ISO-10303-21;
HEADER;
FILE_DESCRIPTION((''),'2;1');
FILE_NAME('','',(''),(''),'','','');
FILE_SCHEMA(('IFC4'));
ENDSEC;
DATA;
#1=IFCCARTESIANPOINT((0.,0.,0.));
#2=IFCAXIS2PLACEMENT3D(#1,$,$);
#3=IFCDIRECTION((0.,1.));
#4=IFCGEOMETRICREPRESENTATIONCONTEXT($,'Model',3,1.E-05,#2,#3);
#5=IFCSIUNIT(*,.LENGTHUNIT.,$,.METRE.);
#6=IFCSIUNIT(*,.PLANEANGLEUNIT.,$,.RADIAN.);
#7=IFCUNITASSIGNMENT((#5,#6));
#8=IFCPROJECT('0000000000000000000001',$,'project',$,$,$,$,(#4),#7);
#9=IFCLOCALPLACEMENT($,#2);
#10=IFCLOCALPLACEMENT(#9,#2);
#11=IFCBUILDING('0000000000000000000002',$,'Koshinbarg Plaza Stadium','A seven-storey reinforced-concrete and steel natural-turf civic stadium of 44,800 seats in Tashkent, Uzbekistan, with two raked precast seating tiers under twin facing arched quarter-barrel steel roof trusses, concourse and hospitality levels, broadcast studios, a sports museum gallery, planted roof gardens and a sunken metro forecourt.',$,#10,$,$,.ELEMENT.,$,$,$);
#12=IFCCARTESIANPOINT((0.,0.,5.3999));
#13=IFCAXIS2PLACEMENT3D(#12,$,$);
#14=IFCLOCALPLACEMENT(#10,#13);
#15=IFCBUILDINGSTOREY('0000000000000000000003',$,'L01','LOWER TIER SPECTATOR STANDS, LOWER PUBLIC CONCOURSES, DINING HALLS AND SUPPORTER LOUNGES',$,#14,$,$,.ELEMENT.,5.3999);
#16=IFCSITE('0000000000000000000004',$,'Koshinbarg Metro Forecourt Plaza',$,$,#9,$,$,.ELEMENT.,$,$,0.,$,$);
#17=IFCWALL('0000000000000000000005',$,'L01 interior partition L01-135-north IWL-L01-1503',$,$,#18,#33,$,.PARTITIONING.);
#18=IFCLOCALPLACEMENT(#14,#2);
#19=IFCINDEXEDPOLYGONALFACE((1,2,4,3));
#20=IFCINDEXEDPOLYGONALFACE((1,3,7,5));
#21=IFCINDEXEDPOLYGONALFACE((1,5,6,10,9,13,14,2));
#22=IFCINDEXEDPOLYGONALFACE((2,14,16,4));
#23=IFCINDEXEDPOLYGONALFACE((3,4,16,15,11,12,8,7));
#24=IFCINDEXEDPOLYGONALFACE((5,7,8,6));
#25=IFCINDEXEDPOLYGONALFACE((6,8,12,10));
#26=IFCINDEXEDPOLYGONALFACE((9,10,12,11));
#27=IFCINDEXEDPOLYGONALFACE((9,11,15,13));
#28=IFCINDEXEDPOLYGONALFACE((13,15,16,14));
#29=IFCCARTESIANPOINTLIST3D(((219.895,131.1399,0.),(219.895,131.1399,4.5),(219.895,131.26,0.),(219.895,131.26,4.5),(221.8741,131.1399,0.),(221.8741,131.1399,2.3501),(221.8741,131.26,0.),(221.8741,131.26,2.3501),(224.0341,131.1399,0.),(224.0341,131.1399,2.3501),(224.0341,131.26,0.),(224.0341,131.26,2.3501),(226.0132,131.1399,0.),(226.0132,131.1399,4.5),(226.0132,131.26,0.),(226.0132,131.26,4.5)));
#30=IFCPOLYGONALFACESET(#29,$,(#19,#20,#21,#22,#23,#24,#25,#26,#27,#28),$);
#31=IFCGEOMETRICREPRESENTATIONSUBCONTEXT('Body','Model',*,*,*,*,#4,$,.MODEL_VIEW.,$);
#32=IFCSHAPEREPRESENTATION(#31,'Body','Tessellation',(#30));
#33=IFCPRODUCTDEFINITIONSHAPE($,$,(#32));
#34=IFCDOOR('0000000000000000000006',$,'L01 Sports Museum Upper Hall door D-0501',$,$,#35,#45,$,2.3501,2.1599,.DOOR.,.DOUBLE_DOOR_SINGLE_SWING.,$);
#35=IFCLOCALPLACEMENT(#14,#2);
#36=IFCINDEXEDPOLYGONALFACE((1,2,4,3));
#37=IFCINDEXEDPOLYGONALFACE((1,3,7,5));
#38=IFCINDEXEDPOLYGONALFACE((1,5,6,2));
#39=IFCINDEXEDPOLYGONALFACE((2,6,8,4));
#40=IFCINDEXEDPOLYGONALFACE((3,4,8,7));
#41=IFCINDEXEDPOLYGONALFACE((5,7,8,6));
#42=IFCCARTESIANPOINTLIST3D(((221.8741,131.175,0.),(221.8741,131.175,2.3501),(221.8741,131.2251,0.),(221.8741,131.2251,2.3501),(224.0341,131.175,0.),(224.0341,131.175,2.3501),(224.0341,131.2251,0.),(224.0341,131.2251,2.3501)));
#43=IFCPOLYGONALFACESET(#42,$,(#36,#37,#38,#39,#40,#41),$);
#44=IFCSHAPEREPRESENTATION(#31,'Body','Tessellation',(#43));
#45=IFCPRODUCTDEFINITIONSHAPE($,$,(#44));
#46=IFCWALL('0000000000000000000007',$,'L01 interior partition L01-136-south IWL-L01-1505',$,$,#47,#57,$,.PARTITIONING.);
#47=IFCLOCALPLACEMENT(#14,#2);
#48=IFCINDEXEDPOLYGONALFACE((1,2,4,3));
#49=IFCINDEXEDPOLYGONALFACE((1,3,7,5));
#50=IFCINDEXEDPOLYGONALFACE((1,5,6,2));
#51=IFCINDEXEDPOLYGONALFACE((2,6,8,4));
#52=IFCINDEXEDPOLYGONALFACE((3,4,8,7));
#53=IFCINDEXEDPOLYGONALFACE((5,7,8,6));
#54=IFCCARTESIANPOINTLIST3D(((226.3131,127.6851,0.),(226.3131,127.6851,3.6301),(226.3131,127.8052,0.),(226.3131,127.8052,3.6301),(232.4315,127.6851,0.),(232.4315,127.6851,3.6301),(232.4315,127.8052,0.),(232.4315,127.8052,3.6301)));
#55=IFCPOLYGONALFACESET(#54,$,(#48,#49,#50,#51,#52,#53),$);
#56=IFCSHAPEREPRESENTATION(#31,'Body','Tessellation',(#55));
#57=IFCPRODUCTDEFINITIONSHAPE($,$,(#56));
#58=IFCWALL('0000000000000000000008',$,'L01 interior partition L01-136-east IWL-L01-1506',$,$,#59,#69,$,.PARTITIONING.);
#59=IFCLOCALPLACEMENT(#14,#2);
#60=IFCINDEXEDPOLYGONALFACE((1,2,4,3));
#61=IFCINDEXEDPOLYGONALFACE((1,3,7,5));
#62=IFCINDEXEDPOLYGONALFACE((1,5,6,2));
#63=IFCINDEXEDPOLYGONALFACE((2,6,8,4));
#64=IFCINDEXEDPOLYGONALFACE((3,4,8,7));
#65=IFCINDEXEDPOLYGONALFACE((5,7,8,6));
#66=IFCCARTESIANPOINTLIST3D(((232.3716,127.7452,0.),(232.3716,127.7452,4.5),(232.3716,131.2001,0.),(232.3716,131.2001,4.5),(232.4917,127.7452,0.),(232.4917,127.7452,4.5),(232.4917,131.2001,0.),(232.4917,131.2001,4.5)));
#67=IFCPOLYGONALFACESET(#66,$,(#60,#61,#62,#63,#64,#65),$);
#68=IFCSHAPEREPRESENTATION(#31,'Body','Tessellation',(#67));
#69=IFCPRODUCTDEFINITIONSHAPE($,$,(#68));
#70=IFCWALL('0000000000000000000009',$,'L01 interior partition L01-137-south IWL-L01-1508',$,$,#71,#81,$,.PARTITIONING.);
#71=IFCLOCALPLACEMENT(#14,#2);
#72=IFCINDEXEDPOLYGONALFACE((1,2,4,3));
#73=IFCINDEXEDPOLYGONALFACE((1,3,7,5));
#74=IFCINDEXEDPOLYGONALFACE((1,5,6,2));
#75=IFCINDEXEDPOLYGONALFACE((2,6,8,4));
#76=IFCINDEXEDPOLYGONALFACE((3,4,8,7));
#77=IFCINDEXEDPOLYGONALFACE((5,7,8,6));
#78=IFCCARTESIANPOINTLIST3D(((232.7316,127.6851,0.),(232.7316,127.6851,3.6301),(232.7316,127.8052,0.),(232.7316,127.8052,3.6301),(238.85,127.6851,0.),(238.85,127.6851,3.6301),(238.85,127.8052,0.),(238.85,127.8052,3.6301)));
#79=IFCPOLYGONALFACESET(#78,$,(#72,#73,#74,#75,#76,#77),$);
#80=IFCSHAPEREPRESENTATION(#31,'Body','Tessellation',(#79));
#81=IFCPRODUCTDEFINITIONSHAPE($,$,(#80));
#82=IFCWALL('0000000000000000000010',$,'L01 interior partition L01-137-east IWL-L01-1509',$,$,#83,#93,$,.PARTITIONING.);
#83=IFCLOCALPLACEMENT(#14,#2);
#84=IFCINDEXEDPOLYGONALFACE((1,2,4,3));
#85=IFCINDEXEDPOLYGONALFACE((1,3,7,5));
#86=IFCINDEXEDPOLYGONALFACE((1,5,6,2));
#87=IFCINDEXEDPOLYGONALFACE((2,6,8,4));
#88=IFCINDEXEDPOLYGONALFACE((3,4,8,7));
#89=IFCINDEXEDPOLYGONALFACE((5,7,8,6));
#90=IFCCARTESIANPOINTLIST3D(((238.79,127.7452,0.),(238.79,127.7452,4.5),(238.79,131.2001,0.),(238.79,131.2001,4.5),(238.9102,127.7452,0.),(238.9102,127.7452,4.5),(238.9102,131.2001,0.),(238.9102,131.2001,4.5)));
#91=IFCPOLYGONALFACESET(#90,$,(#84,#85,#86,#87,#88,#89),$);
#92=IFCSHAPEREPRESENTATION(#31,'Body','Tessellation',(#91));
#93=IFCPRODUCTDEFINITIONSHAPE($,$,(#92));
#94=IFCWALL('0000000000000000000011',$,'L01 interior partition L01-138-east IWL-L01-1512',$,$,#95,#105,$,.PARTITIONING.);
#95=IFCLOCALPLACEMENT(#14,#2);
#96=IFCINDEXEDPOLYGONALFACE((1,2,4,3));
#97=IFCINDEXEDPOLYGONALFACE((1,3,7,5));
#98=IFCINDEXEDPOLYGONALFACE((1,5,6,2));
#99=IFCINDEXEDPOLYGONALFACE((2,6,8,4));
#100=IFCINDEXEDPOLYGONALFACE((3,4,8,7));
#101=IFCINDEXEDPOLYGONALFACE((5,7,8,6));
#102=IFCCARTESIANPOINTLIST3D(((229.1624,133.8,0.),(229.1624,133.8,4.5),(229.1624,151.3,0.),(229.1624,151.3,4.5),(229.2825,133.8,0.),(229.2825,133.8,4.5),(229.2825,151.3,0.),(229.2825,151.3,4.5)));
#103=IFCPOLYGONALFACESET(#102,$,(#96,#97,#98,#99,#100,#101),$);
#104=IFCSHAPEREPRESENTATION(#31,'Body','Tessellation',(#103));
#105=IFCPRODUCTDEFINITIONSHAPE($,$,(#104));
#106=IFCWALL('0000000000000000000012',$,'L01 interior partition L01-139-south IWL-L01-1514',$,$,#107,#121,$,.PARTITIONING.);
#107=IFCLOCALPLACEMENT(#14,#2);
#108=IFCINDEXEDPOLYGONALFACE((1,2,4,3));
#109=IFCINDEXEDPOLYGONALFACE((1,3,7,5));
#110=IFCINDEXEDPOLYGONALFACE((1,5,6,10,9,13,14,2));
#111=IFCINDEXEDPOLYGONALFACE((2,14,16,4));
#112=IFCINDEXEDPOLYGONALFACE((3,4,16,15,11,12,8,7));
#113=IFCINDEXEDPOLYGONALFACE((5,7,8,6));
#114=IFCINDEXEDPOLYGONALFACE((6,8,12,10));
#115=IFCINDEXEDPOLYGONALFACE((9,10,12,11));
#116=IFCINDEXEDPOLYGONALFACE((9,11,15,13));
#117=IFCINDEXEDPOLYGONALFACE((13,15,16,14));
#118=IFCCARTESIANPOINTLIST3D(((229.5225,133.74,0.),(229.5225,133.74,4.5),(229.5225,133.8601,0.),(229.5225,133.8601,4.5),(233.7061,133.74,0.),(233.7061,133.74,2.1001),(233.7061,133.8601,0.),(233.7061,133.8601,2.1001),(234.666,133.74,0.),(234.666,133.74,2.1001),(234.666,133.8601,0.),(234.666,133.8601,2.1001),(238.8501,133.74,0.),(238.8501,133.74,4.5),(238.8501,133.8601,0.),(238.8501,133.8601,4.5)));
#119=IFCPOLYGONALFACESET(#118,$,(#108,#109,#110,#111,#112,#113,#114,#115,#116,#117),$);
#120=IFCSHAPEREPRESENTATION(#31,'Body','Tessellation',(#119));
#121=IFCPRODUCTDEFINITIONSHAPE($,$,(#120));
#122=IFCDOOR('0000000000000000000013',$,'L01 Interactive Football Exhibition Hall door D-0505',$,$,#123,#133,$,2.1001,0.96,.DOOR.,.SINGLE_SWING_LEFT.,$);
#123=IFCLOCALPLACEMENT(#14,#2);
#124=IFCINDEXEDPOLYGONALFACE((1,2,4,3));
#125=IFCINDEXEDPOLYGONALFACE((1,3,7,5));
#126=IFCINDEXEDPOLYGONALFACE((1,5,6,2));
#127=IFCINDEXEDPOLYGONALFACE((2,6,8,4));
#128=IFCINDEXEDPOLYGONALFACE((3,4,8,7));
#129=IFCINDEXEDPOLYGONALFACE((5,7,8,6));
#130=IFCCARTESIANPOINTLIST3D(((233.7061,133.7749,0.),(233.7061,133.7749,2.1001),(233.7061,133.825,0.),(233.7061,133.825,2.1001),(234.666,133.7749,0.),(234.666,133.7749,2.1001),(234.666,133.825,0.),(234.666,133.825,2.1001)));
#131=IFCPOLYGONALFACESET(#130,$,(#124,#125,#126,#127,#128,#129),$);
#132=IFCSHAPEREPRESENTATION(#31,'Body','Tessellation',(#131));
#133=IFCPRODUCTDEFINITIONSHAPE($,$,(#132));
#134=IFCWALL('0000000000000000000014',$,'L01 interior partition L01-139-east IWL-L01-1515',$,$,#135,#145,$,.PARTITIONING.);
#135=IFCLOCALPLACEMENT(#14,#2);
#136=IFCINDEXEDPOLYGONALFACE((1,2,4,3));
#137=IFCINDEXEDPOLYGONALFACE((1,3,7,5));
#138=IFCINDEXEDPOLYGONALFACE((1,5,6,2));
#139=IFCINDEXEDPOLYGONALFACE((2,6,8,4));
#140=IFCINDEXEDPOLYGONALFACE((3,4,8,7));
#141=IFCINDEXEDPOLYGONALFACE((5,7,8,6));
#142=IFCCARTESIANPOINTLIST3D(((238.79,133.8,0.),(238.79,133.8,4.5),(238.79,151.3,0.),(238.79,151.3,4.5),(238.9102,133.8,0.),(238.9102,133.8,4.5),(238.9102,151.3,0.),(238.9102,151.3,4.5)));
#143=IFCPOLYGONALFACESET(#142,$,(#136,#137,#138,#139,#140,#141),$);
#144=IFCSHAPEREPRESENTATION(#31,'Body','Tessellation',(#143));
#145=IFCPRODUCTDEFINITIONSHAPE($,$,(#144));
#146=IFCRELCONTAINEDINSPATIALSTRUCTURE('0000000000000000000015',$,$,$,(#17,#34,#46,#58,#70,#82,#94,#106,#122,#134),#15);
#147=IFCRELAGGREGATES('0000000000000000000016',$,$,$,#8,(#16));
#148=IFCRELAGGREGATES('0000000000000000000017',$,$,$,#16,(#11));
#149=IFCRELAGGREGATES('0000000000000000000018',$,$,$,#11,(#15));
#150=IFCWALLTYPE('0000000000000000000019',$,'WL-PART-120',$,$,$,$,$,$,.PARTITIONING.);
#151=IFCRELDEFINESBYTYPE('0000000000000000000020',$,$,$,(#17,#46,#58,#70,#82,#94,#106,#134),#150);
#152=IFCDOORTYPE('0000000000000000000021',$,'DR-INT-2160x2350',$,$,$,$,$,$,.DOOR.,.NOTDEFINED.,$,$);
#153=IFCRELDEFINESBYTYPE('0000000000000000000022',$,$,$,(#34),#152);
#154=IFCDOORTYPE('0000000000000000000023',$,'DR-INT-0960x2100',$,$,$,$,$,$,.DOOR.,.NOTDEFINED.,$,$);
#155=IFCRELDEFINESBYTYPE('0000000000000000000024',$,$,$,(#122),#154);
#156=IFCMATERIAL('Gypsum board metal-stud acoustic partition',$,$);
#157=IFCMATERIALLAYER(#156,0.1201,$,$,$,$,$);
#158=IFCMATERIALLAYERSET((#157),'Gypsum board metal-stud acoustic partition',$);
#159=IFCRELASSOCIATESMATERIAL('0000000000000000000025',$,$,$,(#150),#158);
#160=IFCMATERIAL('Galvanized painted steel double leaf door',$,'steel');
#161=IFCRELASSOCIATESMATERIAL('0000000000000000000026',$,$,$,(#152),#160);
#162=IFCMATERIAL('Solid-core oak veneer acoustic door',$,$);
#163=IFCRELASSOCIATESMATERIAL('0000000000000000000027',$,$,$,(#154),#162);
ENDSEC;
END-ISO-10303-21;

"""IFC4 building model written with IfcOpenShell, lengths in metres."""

from ifc_helpers import new_model, si_unit, direction, frame, frame_2d, origin, place, context, subcontext, project, spatial, rectangle, extrude, material, layer, layer_set, type_object, element, fill, save


model = new_model("IFC4")

# Units and contexts
model_context = context("Model", 3, precision=1e-05, world=origin(), true_north=direction((0.0, 1.0)))
body_context = subcontext(model_context, "Body", "Model", "MODEL_VIEW")
ifc_project = project(units=[si_unit("LENGTHUNIT", "METRE"), si_unit("PLANEANGLEUNIT", "RADIAN")], contexts=[model_context])

# Site, building, storey
site_placement = place(None, origin())
site = spatial("IfcSite", under=ifc_project, at=site_placement, Name="Koshinbarg Metro Forecourt Plaza", CompositionType="ELEMENT", RefElevation=0.0)
building_placement = place(site_placement, origin())
building = spatial("IfcBuilding", under=site, at=building_placement, Name="Koshinbarg Plaza Stadium", Description="A seven-storey reinforced-concrete and steel natural-turf civic stadium of 44,800 seats in Tashkent, Uzbekistan, with two raked precast seating tiers under twin facing arched quarter-barrel steel roof trusses, concourse and hospitality levels, broadcast studios, a sports museum gallery, planted roof gardens and a sunken metro forecourt.", CompositionType="ELEMENT")
storey_placement = place(building_placement, frame((0.0, 0.0, 5.3999)))
storey = spatial("IfcBuildingStorey", under=building, at=storey_placement, Name="L01", Description="LOWER TIER SPECTATOR STANDS, LOWER PUBLIC CONCOURSES, DINING HALLS AND SUPPORTER LOUNGES", CompositionType="ELEMENT", Elevation=5.3999)

# Shared definitions
ifc_material_1 = material(Name="Gypsum board metal-stud acoustic partition")
ifc_layer = layer(ifc_material_1, 0.1201)
ifc_layer_set = layer_set([ifc_layer], Name="Gypsum board metal-stud acoustic partition")
wall_type = type_object("IfcWallType", Name="WL-PART-120", PredefinedType="PARTITIONING", material=ifc_layer_set)

# Wall, opening, door
wall_1_placement = place(storey_placement, frame((226.0132, 131.2, 0.0), z_axis=(0.0, 0.0, 1.0), x_axis=(-1.0, 0.0, 0.0)))
wall_1 = element("IfcWall", 1, at=wall_1_placement, inside=storey, type_object=wall_type, Name="L01 interior partition L01-135-north IWL-L01-1503", PredefinedType="PARTITIONING", context=body_context, shape_type="SweptSolid", body=[
    extrude(rectangle(XDim=6.1182, YDim=0.1201, at=frame_2d((3.0591, 0.0))), origin(), (0.0, 0.0, 1.0), 4.5),
])
opening_1_placement = place(wall_1_placement, frame((1.979, 0.0, 0.0)))
opening_1 = element("IfcOpeningElement", 2, at=opening_1_placement, cuts=wall_1, PredefinedType="OPENING", context=body_context, shape_type="SweptSolid", body=[
    extrude(rectangle(XDim=2.1599, YDim=2.3501, at=frame_2d((1.0801, 1.175))), frame((0.0, 0.0701, 0.0), z_axis=(0.0, -1.0, 0.0), x_axis=(1.0, 0.0, 0.0)), (0.0, 0.0, 1.0), 0.1401),
])
ifc_material_2 = material(Name="Galvanized painted steel double leaf door", Category="steel")
door_type_1 = type_object("IfcDoorType", Name="DR-INT-2160x2350", OperationType="NOTDEFINED", PredefinedType="DOOR", material=ifc_material_2)
door_1_placement = place(opening_1_placement, origin())
door_1 = element("IfcDoor", 3, at=door_1_placement, inside=storey, type_object=door_type_1, Name="L01 Sports Museum Upper Hall door D-0501", OperationType="DOUBLE_DOOR_SINGLE_SWING", OverallHeight=2.3501, OverallWidth=2.1599, PredefinedType="DOOR", context=body_context, shape_type="SweptSolid", body=[
    extrude(rectangle(XDim=2.1599, YDim=2.3501, at=frame_2d((1.0801, 1.175))), frame((0.0, 0.0249, 0.0), z_axis=(0.0, -1.0, 0.0), x_axis=(1.0, 0.0, 0.0)), (0.0, 0.0, 1.0), 0.05),
])
fill(opening_1, door_1)

# Walls
wall_2_placement = place(storey_placement, frame((226.3132, 127.7451, 0.0), z_axis=(0.0, 0.0, 1.0), x_axis=(1.0, 0.0, 0.0)))
element("IfcWall", 4, at=wall_2_placement, inside=storey, type_object=wall_type, Name="L01 interior partition L01-136-south IWL-L01-1505", PredefinedType="PARTITIONING", context=body_context, shape_type="SweptSolid", body=[
    extrude(rectangle(XDim=6.1184, YDim=0.1201, at=frame_2d((3.0591, 0.0))), origin(), (0.0, 0.0, 1.0), 3.6301),
])
wall_3_placement = place(storey_placement, frame((232.4316, 127.7451, 0.0), z_axis=(0.0, 0.0, 1.0), x_axis=(0.0, 1.0, 0.0)))
element("IfcWall", 5, at=wall_3_placement, inside=storey, type_object=wall_type, Name="L01 interior partition L01-136-east IWL-L01-1506", PredefinedType="PARTITIONING", context=body_context, shape_type="SweptSolid", body=[
    extrude(rectangle(XDim=3.4548, YDim=0.1201, at=frame_2d((1.7275, 0.0))), origin(), (0.0, 0.0, 1.0), 4.5),
])

# Walls
wall_4_placement = place(storey_placement, frame((232.7317, 127.7451, 0.0), z_axis=(0.0, 0.0, 1.0), x_axis=(1.0, 0.0, 0.0)))
element("IfcWall", 6, at=wall_4_placement, inside=storey, type_object=wall_type, Name="L01 interior partition L01-137-south IWL-L01-1508", PredefinedType="PARTITIONING", context=body_context, shape_type="SweptSolid", body=[
    extrude(rectangle(XDim=6.1184, YDim=0.1201, at=frame_2d((3.0591, 0.0))), origin(), (0.0, 0.0, 1.0), 3.6301),
])
wall_5_placement = place(storey_placement, frame((238.8501, 127.7451, 0.0), z_axis=(0.0, 0.0, 1.0), x_axis=(0.0, 1.0, 0.0)))
element("IfcWall", 7, at=wall_5_placement, inside=storey, type_object=wall_type, Name="L01 interior partition L01-137-east IWL-L01-1509", PredefinedType="PARTITIONING", context=body_context, shape_type="SweptSolid", body=[
    extrude(rectangle(XDim=3.4548, YDim=0.1201, at=frame_2d((1.7275, 0.0))), origin(), (0.0, 0.0, 1.0), 4.5),
])

# Wall
wall_6_placement = place(storey_placement, frame((229.2224, 133.8, 0.0), z_axis=(0.0, 0.0, 1.0), x_axis=(0.0, 1.0, 0.0)))
element("IfcWall", 8, at=wall_6_placement, inside=storey, type_object=wall_type, Name="L01 interior partition L01-138-east IWL-L01-1512", PredefinedType="PARTITIONING", context=body_context, shape_type="SweptSolid", body=[
    extrude(rectangle(XDim=17.5, YDim=0.1201, at=frame_2d((8.75, 0.0))), origin(), (0.0, 0.0, 1.0), 4.5),
])

# Wall, opening, door
wall_7_placement = place(storey_placement, frame((229.5225, 133.8, 0.0), z_axis=(0.0, 0.0, 1.0), x_axis=(1.0, 0.0, 0.0)))
wall_7 = element("IfcWall", 9, at=wall_7_placement, inside=storey, type_object=wall_type, Name="L01 interior partition L01-139-south IWL-L01-1514", PredefinedType="PARTITIONING", context=body_context, shape_type="SweptSolid", body=[
    extrude(rectangle(XDim=9.3276, YDim=0.1201, at=frame_2d((4.6638, 0.0))), origin(), (0.0, 0.0, 1.0), 4.5),
])
opening_2_placement = place(wall_7_placement, frame((4.1836, 0.0, 0.0)))
opening_2 = element("IfcOpeningElement", 10, at=opening_2_placement, cuts=wall_7, PredefinedType="OPENING", context=body_context, shape_type="SweptSolid", body=[
    extrude(rectangle(XDim=0.96, YDim=2.1001, at=frame_2d((0.48, 1.05))), frame((0.0, 0.0701, 0.0), z_axis=(0.0, -1.0, 0.0), x_axis=(1.0, 0.0, 0.0)), (0.0, 0.0, 1.0), 0.1401),
])
ifc_material_3 = material(Name="Solid-core oak veneer acoustic door")
door_type_2 = type_object("IfcDoorType", Name="DR-INT-0960x2100", OperationType="NOTDEFINED", PredefinedType="DOOR", material=ifc_material_3)
door_2_placement = place(opening_2_placement, origin())
door_2 = element("IfcDoor", 11, at=door_2_placement, inside=storey, type_object=door_type_2, Name="L01 Interactive Football Exhibition Hall door D-0505", OperationType="SINGLE_SWING_LEFT", OverallHeight=2.1001, OverallWidth=0.96, PredefinedType="DOOR", context=body_context, shape_type="SweptSolid", body=[
    extrude(rectangle(XDim=0.96, YDim=2.1001, at=frame_2d((0.48, 1.05))), frame((0.0, 0.0249, 0.0), z_axis=(0.0, -1.0, 0.0), x_axis=(1.0, 0.0, 0.0)), (0.0, 0.0, 1.0), 0.05),
])
fill(opening_2, door_2)

# Wall
wall_8_placement = place(storey_placement, frame((238.8501, 133.8, 0.0), z_axis=(0.0, 0.0, 1.0), x_axis=(0.0, 1.0, 0.0)))
element("IfcWall", 12, at=wall_8_placement, inside=storey, type_object=wall_type, Name="L01 interior partition L01-139-east IWL-L01-1515", PredefinedType="PARTITIONING", context=body_context, shape_type="SweptSolid", body=[
    extrude(rectangle(XDim=17.5, YDim=0.1201, at=frame_2d((8.75, 0.0))), origin(), (0.0, 0.0, 1.0), 4.5),
])

save(model, "model.ifc")
